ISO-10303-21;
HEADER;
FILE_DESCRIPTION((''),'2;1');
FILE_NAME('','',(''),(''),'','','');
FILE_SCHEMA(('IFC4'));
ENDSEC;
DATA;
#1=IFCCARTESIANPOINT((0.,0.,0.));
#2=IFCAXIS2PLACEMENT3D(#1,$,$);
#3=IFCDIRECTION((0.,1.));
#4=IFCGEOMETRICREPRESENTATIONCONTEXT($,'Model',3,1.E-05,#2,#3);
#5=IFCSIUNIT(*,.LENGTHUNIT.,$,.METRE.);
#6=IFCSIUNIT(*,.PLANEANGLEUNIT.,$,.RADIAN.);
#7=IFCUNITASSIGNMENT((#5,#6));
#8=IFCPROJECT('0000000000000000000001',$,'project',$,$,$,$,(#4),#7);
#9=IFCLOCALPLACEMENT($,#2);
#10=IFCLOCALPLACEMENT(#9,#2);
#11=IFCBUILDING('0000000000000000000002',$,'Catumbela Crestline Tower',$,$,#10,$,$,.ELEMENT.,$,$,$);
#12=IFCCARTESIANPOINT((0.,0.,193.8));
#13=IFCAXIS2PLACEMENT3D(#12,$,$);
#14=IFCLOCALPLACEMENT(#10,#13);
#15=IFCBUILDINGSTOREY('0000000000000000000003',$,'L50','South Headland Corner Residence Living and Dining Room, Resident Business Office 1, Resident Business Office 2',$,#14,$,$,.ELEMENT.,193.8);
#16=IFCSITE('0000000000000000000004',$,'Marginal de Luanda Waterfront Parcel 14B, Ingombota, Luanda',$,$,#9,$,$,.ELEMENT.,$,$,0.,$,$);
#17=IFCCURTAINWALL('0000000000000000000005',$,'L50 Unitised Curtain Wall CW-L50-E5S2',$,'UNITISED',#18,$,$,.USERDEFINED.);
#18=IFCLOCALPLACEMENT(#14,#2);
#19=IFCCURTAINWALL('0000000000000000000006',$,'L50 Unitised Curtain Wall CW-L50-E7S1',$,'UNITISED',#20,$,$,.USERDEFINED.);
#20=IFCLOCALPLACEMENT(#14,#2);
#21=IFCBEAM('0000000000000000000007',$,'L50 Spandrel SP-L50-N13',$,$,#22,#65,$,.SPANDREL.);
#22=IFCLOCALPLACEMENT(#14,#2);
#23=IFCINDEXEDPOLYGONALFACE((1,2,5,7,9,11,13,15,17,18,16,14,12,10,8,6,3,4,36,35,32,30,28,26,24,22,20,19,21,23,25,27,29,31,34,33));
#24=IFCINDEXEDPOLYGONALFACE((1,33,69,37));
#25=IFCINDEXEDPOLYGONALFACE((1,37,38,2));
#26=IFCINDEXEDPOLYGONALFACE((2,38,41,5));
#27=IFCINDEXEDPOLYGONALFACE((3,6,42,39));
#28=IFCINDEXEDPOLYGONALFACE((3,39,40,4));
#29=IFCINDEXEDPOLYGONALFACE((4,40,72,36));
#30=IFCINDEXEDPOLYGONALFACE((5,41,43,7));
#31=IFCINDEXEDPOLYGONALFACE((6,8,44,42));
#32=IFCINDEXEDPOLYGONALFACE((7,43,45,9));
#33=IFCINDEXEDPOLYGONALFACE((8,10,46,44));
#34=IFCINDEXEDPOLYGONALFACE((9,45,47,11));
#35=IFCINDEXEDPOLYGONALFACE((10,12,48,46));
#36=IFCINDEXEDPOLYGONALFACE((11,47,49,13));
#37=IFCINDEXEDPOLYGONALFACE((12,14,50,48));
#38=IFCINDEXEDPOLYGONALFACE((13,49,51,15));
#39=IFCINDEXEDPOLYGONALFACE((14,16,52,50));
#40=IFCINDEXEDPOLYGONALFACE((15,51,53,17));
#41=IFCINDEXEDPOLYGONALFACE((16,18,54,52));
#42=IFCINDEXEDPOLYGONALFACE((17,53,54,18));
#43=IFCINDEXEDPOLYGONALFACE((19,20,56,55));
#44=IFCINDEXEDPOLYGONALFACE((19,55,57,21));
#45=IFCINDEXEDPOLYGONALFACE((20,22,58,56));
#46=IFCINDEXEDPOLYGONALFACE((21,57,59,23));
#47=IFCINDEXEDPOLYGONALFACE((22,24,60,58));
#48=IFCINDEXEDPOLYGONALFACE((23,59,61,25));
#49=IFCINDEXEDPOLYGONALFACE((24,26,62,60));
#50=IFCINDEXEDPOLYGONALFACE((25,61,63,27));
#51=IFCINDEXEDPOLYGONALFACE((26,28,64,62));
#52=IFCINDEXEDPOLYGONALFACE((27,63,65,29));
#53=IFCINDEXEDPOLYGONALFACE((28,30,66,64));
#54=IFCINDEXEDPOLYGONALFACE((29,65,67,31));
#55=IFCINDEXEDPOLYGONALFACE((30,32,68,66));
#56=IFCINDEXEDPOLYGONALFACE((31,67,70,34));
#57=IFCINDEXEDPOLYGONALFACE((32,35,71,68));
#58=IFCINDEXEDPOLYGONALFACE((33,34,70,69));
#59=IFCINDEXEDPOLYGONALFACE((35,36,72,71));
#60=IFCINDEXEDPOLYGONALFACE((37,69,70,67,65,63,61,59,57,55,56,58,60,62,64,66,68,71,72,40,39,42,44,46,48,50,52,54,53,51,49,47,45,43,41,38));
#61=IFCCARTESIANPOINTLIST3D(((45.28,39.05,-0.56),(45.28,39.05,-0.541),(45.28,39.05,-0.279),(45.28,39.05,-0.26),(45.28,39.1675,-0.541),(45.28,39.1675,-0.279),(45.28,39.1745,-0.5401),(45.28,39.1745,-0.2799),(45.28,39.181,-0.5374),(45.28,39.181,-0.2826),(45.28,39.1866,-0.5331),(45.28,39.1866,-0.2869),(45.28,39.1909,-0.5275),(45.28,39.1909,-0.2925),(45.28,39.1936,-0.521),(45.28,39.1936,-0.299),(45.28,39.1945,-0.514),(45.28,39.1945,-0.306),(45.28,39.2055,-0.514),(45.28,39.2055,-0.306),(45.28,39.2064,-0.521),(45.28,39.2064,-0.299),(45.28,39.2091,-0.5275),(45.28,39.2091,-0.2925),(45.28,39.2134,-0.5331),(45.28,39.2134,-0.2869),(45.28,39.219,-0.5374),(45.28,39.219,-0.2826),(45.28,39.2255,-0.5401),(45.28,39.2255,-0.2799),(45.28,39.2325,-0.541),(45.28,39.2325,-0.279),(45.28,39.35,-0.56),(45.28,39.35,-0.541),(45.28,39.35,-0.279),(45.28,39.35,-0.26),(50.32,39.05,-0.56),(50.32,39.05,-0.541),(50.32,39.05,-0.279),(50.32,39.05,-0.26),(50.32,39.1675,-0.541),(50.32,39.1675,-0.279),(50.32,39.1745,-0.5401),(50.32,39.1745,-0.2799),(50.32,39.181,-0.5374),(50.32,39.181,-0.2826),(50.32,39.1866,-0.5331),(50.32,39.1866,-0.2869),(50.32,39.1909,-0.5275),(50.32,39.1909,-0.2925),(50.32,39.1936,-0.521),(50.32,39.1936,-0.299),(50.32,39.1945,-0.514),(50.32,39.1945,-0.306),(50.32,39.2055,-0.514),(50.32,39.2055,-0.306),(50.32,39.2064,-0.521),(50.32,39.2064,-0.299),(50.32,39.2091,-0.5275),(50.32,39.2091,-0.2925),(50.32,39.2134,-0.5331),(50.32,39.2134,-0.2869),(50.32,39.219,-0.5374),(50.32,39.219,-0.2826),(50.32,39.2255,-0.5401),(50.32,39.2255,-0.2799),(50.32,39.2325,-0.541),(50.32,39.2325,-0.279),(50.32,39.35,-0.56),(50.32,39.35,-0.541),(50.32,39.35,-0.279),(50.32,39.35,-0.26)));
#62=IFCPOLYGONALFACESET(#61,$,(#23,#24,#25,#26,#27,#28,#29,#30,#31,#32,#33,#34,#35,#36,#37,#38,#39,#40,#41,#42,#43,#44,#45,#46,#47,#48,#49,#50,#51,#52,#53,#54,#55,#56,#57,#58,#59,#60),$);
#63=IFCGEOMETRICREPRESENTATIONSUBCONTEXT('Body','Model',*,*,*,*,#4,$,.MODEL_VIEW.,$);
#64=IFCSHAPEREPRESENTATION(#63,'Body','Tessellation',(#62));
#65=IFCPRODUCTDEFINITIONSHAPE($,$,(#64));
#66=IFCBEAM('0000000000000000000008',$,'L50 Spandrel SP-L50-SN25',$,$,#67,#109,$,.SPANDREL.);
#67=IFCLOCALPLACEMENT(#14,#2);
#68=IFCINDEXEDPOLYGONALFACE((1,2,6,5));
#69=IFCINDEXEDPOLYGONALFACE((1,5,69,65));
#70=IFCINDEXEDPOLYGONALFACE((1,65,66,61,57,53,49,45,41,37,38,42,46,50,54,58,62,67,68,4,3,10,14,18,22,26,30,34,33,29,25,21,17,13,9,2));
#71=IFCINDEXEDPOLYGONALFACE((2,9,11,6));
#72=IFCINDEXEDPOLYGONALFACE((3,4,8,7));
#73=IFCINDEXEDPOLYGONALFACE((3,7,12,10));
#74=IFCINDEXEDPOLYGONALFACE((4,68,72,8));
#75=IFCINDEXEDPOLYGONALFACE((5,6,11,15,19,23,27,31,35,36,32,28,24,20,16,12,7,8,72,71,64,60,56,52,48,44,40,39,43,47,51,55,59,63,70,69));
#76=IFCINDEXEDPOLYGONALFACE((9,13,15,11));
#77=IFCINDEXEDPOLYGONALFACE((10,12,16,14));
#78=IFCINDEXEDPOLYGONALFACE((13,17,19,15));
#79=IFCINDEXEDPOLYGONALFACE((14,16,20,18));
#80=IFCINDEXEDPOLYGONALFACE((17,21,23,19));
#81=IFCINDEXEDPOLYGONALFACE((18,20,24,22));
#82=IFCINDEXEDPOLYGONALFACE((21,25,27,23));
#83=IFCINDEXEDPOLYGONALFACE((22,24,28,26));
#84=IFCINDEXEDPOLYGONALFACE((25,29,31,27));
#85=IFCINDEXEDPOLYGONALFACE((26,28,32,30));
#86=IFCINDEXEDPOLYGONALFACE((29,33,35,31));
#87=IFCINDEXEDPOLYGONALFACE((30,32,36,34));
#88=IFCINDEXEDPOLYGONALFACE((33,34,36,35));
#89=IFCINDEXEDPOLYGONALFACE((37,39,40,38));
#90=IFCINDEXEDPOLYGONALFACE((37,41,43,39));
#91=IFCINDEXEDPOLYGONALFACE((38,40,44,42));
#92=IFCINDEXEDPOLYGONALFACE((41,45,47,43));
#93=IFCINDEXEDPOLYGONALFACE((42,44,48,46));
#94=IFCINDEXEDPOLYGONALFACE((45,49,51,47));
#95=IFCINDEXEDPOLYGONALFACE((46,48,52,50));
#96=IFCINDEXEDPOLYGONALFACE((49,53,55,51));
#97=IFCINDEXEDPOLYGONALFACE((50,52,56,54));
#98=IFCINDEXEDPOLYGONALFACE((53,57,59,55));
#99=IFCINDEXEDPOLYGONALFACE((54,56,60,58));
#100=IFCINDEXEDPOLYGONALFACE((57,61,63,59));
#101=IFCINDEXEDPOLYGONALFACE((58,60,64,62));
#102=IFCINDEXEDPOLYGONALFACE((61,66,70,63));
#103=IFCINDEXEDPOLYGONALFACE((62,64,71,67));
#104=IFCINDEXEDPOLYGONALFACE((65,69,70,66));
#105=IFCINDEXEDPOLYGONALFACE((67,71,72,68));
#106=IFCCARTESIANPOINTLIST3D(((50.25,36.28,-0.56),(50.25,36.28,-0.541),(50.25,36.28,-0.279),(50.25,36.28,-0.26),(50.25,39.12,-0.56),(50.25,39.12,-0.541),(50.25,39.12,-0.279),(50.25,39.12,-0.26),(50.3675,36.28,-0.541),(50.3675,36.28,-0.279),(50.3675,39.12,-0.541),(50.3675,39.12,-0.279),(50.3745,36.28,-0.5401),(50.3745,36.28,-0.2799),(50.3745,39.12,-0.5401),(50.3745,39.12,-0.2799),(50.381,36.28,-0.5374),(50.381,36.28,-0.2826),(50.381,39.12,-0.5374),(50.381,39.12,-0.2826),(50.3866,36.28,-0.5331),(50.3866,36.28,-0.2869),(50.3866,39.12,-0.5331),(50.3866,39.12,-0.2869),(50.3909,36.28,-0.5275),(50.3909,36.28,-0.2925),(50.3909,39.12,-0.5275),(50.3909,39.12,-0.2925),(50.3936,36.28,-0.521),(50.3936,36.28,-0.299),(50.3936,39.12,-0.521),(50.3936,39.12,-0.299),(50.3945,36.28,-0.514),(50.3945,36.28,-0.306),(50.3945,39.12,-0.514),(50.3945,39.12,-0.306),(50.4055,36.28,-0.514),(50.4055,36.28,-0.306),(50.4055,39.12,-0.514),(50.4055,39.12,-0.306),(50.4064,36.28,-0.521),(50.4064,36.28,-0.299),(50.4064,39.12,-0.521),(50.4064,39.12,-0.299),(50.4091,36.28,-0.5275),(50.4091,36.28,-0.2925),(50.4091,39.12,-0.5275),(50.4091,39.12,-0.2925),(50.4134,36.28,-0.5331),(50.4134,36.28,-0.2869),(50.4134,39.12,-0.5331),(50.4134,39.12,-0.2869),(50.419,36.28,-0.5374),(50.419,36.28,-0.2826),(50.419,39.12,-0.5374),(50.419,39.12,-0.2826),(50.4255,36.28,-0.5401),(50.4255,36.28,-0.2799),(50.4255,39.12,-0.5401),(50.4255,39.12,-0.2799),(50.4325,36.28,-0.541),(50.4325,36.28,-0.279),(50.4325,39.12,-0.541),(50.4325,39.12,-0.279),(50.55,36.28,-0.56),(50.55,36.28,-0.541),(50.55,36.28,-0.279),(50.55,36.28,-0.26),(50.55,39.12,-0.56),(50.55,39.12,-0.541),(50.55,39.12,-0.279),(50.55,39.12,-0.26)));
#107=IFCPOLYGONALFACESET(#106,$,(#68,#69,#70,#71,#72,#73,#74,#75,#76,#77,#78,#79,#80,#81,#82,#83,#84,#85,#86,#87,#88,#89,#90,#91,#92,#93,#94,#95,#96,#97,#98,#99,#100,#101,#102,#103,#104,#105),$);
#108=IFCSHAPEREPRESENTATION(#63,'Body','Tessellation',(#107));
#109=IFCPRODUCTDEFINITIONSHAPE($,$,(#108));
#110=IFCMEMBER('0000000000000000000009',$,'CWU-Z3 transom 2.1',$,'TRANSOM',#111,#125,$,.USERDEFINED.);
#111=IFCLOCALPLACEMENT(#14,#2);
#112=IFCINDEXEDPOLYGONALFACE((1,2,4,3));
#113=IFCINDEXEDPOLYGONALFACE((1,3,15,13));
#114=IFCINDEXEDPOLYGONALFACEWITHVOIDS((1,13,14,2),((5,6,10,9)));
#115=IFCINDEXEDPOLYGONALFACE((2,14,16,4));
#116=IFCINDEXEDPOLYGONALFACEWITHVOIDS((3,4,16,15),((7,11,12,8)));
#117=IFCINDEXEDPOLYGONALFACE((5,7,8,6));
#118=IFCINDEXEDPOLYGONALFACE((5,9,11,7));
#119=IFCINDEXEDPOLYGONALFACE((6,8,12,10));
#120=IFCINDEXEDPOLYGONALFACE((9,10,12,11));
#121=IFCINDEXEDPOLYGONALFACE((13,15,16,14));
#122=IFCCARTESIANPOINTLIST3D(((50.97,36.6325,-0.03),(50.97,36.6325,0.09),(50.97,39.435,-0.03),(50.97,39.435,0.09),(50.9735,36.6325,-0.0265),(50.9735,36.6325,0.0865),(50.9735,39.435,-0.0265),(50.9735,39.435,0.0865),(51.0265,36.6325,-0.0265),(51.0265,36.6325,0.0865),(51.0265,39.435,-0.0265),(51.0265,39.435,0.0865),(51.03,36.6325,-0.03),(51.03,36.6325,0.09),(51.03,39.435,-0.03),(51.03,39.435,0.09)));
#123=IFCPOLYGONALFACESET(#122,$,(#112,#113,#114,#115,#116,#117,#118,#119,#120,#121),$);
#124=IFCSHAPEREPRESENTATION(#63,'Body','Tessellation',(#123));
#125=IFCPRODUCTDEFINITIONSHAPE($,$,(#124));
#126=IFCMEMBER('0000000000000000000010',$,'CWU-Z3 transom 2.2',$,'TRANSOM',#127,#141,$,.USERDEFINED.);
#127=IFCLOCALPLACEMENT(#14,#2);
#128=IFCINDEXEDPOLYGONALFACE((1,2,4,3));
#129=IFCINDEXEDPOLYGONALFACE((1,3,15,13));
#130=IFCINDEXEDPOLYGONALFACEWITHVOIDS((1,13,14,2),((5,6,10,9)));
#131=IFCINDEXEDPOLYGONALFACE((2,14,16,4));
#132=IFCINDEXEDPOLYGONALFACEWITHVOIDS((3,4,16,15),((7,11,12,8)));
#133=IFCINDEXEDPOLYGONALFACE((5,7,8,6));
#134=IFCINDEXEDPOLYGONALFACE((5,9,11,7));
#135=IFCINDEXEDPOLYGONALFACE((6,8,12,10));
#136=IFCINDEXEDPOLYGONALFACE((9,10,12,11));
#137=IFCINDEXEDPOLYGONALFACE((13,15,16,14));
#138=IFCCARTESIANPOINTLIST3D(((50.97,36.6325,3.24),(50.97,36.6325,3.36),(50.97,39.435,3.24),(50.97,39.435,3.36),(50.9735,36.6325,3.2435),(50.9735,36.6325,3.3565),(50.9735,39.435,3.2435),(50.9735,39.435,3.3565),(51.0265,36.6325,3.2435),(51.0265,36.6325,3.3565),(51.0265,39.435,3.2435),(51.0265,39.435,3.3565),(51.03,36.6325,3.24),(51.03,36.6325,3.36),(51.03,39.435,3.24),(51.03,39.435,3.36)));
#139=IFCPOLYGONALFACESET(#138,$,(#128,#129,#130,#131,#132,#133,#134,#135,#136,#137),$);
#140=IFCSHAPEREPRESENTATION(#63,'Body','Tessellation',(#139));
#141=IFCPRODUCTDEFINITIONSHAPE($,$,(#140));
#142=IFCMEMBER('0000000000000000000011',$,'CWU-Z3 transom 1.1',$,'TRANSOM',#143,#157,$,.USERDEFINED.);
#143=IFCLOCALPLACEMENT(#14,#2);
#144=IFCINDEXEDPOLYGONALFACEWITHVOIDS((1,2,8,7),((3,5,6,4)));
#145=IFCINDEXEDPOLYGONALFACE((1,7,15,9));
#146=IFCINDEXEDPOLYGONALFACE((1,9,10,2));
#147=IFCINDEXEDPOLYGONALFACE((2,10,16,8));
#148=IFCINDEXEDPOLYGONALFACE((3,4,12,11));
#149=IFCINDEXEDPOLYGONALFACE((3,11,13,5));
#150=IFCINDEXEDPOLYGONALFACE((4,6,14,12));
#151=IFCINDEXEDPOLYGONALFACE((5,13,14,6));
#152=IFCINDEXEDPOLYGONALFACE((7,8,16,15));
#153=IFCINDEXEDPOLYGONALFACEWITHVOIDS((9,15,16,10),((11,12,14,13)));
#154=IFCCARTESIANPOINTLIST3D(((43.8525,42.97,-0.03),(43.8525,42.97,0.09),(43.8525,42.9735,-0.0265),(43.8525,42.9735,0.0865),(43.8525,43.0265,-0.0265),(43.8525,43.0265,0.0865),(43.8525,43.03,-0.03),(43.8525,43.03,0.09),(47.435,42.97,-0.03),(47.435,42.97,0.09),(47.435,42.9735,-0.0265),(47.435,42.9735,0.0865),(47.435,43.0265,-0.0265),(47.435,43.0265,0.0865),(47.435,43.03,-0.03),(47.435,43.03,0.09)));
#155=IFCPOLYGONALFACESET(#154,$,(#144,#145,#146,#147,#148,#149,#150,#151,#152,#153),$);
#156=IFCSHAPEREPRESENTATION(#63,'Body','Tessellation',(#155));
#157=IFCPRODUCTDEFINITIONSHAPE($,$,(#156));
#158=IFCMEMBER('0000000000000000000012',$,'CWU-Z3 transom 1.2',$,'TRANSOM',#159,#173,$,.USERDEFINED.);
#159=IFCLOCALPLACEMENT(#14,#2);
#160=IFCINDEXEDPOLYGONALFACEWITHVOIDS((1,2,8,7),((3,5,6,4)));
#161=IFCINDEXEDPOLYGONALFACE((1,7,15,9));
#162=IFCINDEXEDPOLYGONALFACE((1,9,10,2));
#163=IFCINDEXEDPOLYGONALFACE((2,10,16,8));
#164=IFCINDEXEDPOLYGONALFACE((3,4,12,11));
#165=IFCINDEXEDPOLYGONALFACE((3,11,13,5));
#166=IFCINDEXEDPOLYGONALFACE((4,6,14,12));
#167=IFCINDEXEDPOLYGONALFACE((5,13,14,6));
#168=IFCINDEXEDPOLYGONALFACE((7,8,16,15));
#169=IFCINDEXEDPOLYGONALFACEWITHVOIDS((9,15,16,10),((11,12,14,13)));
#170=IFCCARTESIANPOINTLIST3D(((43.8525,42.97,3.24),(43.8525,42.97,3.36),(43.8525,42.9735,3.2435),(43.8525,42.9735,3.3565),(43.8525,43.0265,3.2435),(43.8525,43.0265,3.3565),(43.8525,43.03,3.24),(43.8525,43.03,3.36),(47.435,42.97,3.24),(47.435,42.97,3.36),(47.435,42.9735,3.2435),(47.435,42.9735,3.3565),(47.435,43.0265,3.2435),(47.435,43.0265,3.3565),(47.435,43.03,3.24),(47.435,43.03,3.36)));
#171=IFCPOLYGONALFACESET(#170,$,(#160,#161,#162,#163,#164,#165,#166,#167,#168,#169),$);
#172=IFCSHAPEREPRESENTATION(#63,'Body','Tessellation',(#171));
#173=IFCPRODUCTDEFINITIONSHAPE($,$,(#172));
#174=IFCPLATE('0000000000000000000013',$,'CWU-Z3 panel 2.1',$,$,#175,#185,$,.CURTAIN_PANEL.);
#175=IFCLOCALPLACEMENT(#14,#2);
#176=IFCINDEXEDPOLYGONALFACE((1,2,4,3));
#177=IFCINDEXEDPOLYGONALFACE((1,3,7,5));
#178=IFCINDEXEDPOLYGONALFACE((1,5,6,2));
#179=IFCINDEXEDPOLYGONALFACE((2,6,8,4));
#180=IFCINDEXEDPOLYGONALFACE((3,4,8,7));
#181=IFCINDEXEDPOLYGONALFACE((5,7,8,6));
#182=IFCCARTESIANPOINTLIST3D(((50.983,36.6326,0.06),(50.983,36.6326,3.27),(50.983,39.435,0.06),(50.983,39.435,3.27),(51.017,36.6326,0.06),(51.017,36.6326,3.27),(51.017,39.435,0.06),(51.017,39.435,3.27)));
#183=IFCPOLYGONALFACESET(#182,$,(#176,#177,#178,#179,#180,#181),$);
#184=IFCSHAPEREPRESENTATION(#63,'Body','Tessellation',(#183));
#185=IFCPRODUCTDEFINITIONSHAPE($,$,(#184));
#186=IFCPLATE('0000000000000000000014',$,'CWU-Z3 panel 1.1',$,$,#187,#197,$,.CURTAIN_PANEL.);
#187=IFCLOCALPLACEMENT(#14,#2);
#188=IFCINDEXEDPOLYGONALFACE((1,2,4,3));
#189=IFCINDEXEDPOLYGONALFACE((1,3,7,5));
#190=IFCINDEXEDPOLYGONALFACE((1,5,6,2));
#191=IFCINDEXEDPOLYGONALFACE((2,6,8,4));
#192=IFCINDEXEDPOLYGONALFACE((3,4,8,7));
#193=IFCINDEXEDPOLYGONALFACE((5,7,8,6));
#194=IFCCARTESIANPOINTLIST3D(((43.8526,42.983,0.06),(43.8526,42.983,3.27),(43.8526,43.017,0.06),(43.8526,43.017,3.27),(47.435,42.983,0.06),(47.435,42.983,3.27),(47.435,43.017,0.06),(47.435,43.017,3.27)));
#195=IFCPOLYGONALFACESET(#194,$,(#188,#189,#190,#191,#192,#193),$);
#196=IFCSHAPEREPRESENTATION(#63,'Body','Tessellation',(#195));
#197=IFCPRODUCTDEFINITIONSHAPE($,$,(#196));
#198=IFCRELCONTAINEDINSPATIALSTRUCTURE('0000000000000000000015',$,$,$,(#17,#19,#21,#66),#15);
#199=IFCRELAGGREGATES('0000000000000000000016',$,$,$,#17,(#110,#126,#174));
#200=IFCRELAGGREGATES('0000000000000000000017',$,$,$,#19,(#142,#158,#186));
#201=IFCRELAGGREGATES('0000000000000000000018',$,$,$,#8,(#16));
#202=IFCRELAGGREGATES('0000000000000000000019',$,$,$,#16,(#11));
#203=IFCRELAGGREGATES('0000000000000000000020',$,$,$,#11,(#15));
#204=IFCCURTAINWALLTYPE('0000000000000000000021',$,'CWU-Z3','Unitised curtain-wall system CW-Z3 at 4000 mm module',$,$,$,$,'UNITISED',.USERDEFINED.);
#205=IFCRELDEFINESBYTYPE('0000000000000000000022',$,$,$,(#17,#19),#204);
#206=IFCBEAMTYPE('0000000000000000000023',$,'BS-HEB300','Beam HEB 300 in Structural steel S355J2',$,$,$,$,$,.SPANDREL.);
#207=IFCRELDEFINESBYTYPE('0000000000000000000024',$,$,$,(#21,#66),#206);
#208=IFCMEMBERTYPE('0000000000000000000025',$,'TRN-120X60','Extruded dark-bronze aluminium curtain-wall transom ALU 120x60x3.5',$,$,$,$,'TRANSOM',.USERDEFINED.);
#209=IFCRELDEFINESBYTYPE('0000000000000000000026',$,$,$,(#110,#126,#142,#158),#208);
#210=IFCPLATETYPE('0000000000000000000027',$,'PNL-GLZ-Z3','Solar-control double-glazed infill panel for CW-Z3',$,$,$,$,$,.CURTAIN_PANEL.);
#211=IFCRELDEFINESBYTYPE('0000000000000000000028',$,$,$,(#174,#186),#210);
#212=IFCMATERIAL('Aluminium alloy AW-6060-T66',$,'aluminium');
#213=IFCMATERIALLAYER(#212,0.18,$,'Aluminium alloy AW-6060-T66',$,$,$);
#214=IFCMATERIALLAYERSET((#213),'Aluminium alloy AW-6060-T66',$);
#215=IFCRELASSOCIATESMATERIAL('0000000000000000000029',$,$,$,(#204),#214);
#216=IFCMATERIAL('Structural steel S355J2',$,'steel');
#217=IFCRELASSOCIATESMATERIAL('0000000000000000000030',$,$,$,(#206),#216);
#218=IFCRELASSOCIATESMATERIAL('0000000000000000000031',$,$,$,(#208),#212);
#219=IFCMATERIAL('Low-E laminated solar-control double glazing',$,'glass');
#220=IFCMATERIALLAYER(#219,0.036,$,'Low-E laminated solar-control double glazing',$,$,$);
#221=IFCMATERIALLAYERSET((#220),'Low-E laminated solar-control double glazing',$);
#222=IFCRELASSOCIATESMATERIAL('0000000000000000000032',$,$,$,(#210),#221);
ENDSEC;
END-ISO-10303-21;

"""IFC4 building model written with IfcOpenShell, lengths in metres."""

from ifc_helpers import new_model, si_unit, direction, frame, origin, origin_2d, place, context, subcontext, project, spatial, rectangle, hollow_rectangle, i_section, extrude, material, layer, layer_set, material_profile, profile_set, type_object, element, aggregate, save


model = new_model("IFC4")

# Units and contexts
model_context = context("Model", 3, precision=1e-05, world=origin(), true_north=direction((0.0, 1.0)))
body_context = subcontext(model_context, "Body", "Model", "MODEL_VIEW")
ifc_project = project(units=[si_unit("LENGTHUNIT", "METRE"), si_unit("PLANEANGLEUNIT", "RADIAN")], contexts=[model_context])

# Site, building, storey
site_placement = place(None, origin())
site = spatial("IfcSite", under=ifc_project, at=site_placement, Name="Marginal de Luanda Waterfront Parcel 14B, Ingombota, Luanda", CompositionType="ELEMENT", RefElevation=0.0)
building_placement = place(site_placement, origin())
building = spatial("IfcBuilding", under=site, at=building_placement, Name="Catumbela Crestline Tower", CompositionType="ELEMENT")
storey_placement = place(building_placement, frame((0.0, 0.0, 193.8)))
storey = spatial("IfcBuildingStorey", under=building, at=storey_placement, Name="L50", Description="South Headland Corner Residence Living and Dining Room, Resident Business Office 1, Resident Business Office 2", CompositionType="ELEMENT", Elevation=193.8)

# Shared definitions
ifc_material_1 = material(Name="Structural steel S355J2", Category="steel")

# Curtain wall
ifc_material_2 = material(Name="Aluminium alloy AW-6060-T66", Category="aluminium")
ifc_layer_1 = layer(ifc_material_2, 0.18, Name="Aluminium alloy AW-6060-T66")
ifc_layer_set_1 = layer_set([ifc_layer_1], Name="Aluminium alloy AW-6060-T66")
curtain_wall_type = type_object("IfcCurtainWallType", Name="CWU-Z3", Description="Unitised curtain-wall system CW-Z3 at 4000 mm module", ElementType="UNITISED", PredefinedType="USERDEFINED", material=ifc_layer_set_1)
curtain_wall_1_placement = place(storey_placement, origin())
curtain_wall_1 = element("IfcCurtainWall", 1, at=curtain_wall_1_placement, inside=storey, type_object=curtain_wall_type, Name="L50 Unitised Curtain Wall CW-L50-E5S2", ObjectType="UNITISED", PredefinedType="USERDEFINED")

# Curtain wall
curtain_wall_2_placement = place(storey_placement, origin())
curtain_wall_2 = element("IfcCurtainWall", 2, at=curtain_wall_2_placement, inside=storey, type_object=curtain_wall_type, Name="L50 Unitised Curtain Wall CW-L50-E7S1", ObjectType="UNITISED", PredefinedType="USERDEFINED")

# Beams
ifc_material_profile_1 = material_profile(ifc_material_1, i_section(OverallWidth=0.3, OverallDepth=0.3, WebThickness=0.011, FlangeThickness=0.019, FilletRadius=0.027, at=origin_2d()), Name="HEB 300")
ifc_profile_set_1 = profile_set([ifc_material_profile_1], Name="Structural steel S355J2")
beam_type = type_object("IfcBeamType", Name="BS-HEB300", Description="Beam HEB 300 in Structural steel S355J2", PredefinedType="SPANDREL", material=ifc_profile_set_1)
beam_1_placement = place(storey_placement, frame((45.28, 39.2, -0.41), z_axis=(1.0, 0.0, 0.0), x_axis=(0.0, 1.0, 0.0)))
element("IfcBeam", 3, at=beam_1_placement, inside=storey, type_object=beam_type, Name="L50 Spandrel SP-L50-N13", PredefinedType="SPANDREL", context=body_context, shape_type="SweptSolid", body=[
    extrude(i_section(OverallWidth=0.3, OverallDepth=0.3, WebThickness=0.011, FlangeThickness=0.019, FilletRadius=0.027, at=origin_2d()), origin(), (0.0, 0.0, 1.0), 5.04),
])
beam_2_placement = place(storey_placement, frame((50.4, 36.28, -0.41), z_axis=(0.0, 1.0, 0.0), x_axis=(-1.0, 0.0, 0.0)))
element("IfcBeam", 4, at=beam_2_placement, inside=storey, type_object=beam_type, Name="L50 Spandrel SP-L50-SN25", PredefinedType="SPANDREL", context=body_context, shape_type="SweptSolid", body=[
    extrude(i_section(OverallWidth=0.3, OverallDepth=0.3, WebThickness=0.011, FlangeThickness=0.019, FilletRadius=0.027, at=origin_2d()), origin(), (0.0, 0.0, 1.0), 2.84),
])

# Members
ifc_material_profile_2 = material_profile(ifc_material_2, hollow_rectangle(XDim=0.06, YDim=0.12, WallThickness=0.0035, at=origin_2d()), Name="ALU 120x60x3.5")
ifc_profile_set_2 = profile_set([ifc_material_profile_2], Name="Aluminium alloy AW-6060-T66")
member_type_1 = type_object("IfcMemberType", Name="TRN-120X60", Description="Extruded dark-bronze aluminium curtain-wall transom ALU 120x60x3.5", ElementType="TRANSOM", PredefinedType="USERDEFINED", material=ifc_profile_set_2)
member_1_placement = place(storey_placement, frame((51.0, 36.6325, 0.03), z_axis=(0.0, 1.0, 0.0), x_axis=(-1.0, 0.0, 0.0)))
member_1 = element("IfcMember", 5, at=member_1_placement, type_object=member_type_1, Name="CWU-Z3 transom 2.1", ObjectType="TRANSOM", PredefinedType="USERDEFINED", context=body_context, shape_type="SweptSolid", body=[
    extrude(hollow_rectangle(XDim=0.06, YDim=0.12, WallThickness=0.0035, at=origin_2d()), origin(), (0.0, 0.0, 1.0), 2.8025),
])
member_2_placement = place(storey_placement, frame((51.0, 36.6325, 3.3), z_axis=(0.0, 1.0, 0.0), x_axis=(-1.0, 0.0, 0.0)))
member_2 = element("IfcMember", 6, at=member_2_placement, type_object=member_type_1, Name="CWU-Z3 transom 2.2", ObjectType="TRANSOM", PredefinedType="USERDEFINED", context=body_context, shape_type="SweptSolid", body=[
    extrude(hollow_rectangle(XDim=0.06, YDim=0.12, WallThickness=0.0035, at=origin_2d()), origin(), (0.0, 0.0, 1.0), 2.8025),
])
member_3_placement = place(storey_placement, frame((47.435, 43.0, 0.03), z_axis=(-1.0, 0.0, 0.0), x_axis=(0.0, -1.0, 0.0)))
member_3 = element("IfcMember", 7, at=member_3_placement, type_object=member_type_1, Name="CWU-Z3 transom 1.1", ObjectType="TRANSOM", PredefinedType="USERDEFINED", context=body_context, shape_type="SweptSolid", body=[
    extrude(hollow_rectangle(XDim=0.06, YDim=0.12, WallThickness=0.0035, at=origin_2d()), origin(), (0.0, 0.0, 1.0), 3.5825),
])
member_4_placement = place(storey_placement, frame((47.435, 43.0, 3.3), z_axis=(-1.0, 0.0, 0.0), x_axis=(0.0, -1.0, 0.0)))
member_4 = element("IfcMember", 8, at=member_4_placement, type_object=member_type_1, Name="CWU-Z3 transom 1.2", ObjectType="TRANSOM", PredefinedType="USERDEFINED", context=body_context, shape_type="SweptSolid", body=[
    extrude(hollow_rectangle(XDim=0.06, YDim=0.12, WallThickness=0.0035, at=origin_2d()), origin(), (0.0, 0.0, 1.0), 3.5825),
])

# Plates
ifc_material_3 = material(Name="Low-E laminated solar-control double glazing", Category="glass")
ifc_layer_2 = layer(ifc_material_3, 0.036, Name="Low-E laminated solar-control double glazing")
ifc_layer_set_2 = layer_set([ifc_layer_2], Name="Low-E laminated solar-control double glazing")
plate_type = type_object("IfcPlateType", Name="PNL-GLZ-Z3", Description="Solar-control double-glazed infill panel for CW-Z3", PredefinedType="CURTAIN_PANEL", material=ifc_layer_set_2)
plate_1_placement = place(storey_placement, frame((51.0, 38.0338, 0.06), z_axis=(0.0, 0.0, 1.0), x_axis=(0.0, 1.0, 0.0)))
plate_1 = element("IfcPlate", 9, at=plate_1_placement, type_object=plate_type, Name="CWU-Z3 panel 2.1", PredefinedType="CURTAIN_PANEL", context=body_context, shape_type="SweptSolid", body=[
    extrude(rectangle(XDim=2.8025, YDim=0.034, at=origin_2d()), origin(), (0.0, 0.0, 1.0), 3.21),
])
aggregate(curtain_wall_1, [member_1, member_2, plate_1])
plate_2_placement = place(storey_placement, frame((45.6438, 43.0, 0.06), z_axis=(0.0, 0.0, 1.0), x_axis=(-1.0, 0.0, 0.0)))
plate_2 = element("IfcPlate", 10, at=plate_2_placement, type_object=plate_type, Name="CWU-Z3 panel 1.1", PredefinedType="CURTAIN_PANEL", context=body_context, shape_type="SweptSolid", body=[
    extrude(rectangle(XDim=3.5825, YDim=0.034, at=origin_2d()), origin(), (0.0, 0.0, 1.0), 3.21),
])
aggregate(curtain_wall_2, [member_3, member_4, plate_2])

save(model, "model.ifc")
